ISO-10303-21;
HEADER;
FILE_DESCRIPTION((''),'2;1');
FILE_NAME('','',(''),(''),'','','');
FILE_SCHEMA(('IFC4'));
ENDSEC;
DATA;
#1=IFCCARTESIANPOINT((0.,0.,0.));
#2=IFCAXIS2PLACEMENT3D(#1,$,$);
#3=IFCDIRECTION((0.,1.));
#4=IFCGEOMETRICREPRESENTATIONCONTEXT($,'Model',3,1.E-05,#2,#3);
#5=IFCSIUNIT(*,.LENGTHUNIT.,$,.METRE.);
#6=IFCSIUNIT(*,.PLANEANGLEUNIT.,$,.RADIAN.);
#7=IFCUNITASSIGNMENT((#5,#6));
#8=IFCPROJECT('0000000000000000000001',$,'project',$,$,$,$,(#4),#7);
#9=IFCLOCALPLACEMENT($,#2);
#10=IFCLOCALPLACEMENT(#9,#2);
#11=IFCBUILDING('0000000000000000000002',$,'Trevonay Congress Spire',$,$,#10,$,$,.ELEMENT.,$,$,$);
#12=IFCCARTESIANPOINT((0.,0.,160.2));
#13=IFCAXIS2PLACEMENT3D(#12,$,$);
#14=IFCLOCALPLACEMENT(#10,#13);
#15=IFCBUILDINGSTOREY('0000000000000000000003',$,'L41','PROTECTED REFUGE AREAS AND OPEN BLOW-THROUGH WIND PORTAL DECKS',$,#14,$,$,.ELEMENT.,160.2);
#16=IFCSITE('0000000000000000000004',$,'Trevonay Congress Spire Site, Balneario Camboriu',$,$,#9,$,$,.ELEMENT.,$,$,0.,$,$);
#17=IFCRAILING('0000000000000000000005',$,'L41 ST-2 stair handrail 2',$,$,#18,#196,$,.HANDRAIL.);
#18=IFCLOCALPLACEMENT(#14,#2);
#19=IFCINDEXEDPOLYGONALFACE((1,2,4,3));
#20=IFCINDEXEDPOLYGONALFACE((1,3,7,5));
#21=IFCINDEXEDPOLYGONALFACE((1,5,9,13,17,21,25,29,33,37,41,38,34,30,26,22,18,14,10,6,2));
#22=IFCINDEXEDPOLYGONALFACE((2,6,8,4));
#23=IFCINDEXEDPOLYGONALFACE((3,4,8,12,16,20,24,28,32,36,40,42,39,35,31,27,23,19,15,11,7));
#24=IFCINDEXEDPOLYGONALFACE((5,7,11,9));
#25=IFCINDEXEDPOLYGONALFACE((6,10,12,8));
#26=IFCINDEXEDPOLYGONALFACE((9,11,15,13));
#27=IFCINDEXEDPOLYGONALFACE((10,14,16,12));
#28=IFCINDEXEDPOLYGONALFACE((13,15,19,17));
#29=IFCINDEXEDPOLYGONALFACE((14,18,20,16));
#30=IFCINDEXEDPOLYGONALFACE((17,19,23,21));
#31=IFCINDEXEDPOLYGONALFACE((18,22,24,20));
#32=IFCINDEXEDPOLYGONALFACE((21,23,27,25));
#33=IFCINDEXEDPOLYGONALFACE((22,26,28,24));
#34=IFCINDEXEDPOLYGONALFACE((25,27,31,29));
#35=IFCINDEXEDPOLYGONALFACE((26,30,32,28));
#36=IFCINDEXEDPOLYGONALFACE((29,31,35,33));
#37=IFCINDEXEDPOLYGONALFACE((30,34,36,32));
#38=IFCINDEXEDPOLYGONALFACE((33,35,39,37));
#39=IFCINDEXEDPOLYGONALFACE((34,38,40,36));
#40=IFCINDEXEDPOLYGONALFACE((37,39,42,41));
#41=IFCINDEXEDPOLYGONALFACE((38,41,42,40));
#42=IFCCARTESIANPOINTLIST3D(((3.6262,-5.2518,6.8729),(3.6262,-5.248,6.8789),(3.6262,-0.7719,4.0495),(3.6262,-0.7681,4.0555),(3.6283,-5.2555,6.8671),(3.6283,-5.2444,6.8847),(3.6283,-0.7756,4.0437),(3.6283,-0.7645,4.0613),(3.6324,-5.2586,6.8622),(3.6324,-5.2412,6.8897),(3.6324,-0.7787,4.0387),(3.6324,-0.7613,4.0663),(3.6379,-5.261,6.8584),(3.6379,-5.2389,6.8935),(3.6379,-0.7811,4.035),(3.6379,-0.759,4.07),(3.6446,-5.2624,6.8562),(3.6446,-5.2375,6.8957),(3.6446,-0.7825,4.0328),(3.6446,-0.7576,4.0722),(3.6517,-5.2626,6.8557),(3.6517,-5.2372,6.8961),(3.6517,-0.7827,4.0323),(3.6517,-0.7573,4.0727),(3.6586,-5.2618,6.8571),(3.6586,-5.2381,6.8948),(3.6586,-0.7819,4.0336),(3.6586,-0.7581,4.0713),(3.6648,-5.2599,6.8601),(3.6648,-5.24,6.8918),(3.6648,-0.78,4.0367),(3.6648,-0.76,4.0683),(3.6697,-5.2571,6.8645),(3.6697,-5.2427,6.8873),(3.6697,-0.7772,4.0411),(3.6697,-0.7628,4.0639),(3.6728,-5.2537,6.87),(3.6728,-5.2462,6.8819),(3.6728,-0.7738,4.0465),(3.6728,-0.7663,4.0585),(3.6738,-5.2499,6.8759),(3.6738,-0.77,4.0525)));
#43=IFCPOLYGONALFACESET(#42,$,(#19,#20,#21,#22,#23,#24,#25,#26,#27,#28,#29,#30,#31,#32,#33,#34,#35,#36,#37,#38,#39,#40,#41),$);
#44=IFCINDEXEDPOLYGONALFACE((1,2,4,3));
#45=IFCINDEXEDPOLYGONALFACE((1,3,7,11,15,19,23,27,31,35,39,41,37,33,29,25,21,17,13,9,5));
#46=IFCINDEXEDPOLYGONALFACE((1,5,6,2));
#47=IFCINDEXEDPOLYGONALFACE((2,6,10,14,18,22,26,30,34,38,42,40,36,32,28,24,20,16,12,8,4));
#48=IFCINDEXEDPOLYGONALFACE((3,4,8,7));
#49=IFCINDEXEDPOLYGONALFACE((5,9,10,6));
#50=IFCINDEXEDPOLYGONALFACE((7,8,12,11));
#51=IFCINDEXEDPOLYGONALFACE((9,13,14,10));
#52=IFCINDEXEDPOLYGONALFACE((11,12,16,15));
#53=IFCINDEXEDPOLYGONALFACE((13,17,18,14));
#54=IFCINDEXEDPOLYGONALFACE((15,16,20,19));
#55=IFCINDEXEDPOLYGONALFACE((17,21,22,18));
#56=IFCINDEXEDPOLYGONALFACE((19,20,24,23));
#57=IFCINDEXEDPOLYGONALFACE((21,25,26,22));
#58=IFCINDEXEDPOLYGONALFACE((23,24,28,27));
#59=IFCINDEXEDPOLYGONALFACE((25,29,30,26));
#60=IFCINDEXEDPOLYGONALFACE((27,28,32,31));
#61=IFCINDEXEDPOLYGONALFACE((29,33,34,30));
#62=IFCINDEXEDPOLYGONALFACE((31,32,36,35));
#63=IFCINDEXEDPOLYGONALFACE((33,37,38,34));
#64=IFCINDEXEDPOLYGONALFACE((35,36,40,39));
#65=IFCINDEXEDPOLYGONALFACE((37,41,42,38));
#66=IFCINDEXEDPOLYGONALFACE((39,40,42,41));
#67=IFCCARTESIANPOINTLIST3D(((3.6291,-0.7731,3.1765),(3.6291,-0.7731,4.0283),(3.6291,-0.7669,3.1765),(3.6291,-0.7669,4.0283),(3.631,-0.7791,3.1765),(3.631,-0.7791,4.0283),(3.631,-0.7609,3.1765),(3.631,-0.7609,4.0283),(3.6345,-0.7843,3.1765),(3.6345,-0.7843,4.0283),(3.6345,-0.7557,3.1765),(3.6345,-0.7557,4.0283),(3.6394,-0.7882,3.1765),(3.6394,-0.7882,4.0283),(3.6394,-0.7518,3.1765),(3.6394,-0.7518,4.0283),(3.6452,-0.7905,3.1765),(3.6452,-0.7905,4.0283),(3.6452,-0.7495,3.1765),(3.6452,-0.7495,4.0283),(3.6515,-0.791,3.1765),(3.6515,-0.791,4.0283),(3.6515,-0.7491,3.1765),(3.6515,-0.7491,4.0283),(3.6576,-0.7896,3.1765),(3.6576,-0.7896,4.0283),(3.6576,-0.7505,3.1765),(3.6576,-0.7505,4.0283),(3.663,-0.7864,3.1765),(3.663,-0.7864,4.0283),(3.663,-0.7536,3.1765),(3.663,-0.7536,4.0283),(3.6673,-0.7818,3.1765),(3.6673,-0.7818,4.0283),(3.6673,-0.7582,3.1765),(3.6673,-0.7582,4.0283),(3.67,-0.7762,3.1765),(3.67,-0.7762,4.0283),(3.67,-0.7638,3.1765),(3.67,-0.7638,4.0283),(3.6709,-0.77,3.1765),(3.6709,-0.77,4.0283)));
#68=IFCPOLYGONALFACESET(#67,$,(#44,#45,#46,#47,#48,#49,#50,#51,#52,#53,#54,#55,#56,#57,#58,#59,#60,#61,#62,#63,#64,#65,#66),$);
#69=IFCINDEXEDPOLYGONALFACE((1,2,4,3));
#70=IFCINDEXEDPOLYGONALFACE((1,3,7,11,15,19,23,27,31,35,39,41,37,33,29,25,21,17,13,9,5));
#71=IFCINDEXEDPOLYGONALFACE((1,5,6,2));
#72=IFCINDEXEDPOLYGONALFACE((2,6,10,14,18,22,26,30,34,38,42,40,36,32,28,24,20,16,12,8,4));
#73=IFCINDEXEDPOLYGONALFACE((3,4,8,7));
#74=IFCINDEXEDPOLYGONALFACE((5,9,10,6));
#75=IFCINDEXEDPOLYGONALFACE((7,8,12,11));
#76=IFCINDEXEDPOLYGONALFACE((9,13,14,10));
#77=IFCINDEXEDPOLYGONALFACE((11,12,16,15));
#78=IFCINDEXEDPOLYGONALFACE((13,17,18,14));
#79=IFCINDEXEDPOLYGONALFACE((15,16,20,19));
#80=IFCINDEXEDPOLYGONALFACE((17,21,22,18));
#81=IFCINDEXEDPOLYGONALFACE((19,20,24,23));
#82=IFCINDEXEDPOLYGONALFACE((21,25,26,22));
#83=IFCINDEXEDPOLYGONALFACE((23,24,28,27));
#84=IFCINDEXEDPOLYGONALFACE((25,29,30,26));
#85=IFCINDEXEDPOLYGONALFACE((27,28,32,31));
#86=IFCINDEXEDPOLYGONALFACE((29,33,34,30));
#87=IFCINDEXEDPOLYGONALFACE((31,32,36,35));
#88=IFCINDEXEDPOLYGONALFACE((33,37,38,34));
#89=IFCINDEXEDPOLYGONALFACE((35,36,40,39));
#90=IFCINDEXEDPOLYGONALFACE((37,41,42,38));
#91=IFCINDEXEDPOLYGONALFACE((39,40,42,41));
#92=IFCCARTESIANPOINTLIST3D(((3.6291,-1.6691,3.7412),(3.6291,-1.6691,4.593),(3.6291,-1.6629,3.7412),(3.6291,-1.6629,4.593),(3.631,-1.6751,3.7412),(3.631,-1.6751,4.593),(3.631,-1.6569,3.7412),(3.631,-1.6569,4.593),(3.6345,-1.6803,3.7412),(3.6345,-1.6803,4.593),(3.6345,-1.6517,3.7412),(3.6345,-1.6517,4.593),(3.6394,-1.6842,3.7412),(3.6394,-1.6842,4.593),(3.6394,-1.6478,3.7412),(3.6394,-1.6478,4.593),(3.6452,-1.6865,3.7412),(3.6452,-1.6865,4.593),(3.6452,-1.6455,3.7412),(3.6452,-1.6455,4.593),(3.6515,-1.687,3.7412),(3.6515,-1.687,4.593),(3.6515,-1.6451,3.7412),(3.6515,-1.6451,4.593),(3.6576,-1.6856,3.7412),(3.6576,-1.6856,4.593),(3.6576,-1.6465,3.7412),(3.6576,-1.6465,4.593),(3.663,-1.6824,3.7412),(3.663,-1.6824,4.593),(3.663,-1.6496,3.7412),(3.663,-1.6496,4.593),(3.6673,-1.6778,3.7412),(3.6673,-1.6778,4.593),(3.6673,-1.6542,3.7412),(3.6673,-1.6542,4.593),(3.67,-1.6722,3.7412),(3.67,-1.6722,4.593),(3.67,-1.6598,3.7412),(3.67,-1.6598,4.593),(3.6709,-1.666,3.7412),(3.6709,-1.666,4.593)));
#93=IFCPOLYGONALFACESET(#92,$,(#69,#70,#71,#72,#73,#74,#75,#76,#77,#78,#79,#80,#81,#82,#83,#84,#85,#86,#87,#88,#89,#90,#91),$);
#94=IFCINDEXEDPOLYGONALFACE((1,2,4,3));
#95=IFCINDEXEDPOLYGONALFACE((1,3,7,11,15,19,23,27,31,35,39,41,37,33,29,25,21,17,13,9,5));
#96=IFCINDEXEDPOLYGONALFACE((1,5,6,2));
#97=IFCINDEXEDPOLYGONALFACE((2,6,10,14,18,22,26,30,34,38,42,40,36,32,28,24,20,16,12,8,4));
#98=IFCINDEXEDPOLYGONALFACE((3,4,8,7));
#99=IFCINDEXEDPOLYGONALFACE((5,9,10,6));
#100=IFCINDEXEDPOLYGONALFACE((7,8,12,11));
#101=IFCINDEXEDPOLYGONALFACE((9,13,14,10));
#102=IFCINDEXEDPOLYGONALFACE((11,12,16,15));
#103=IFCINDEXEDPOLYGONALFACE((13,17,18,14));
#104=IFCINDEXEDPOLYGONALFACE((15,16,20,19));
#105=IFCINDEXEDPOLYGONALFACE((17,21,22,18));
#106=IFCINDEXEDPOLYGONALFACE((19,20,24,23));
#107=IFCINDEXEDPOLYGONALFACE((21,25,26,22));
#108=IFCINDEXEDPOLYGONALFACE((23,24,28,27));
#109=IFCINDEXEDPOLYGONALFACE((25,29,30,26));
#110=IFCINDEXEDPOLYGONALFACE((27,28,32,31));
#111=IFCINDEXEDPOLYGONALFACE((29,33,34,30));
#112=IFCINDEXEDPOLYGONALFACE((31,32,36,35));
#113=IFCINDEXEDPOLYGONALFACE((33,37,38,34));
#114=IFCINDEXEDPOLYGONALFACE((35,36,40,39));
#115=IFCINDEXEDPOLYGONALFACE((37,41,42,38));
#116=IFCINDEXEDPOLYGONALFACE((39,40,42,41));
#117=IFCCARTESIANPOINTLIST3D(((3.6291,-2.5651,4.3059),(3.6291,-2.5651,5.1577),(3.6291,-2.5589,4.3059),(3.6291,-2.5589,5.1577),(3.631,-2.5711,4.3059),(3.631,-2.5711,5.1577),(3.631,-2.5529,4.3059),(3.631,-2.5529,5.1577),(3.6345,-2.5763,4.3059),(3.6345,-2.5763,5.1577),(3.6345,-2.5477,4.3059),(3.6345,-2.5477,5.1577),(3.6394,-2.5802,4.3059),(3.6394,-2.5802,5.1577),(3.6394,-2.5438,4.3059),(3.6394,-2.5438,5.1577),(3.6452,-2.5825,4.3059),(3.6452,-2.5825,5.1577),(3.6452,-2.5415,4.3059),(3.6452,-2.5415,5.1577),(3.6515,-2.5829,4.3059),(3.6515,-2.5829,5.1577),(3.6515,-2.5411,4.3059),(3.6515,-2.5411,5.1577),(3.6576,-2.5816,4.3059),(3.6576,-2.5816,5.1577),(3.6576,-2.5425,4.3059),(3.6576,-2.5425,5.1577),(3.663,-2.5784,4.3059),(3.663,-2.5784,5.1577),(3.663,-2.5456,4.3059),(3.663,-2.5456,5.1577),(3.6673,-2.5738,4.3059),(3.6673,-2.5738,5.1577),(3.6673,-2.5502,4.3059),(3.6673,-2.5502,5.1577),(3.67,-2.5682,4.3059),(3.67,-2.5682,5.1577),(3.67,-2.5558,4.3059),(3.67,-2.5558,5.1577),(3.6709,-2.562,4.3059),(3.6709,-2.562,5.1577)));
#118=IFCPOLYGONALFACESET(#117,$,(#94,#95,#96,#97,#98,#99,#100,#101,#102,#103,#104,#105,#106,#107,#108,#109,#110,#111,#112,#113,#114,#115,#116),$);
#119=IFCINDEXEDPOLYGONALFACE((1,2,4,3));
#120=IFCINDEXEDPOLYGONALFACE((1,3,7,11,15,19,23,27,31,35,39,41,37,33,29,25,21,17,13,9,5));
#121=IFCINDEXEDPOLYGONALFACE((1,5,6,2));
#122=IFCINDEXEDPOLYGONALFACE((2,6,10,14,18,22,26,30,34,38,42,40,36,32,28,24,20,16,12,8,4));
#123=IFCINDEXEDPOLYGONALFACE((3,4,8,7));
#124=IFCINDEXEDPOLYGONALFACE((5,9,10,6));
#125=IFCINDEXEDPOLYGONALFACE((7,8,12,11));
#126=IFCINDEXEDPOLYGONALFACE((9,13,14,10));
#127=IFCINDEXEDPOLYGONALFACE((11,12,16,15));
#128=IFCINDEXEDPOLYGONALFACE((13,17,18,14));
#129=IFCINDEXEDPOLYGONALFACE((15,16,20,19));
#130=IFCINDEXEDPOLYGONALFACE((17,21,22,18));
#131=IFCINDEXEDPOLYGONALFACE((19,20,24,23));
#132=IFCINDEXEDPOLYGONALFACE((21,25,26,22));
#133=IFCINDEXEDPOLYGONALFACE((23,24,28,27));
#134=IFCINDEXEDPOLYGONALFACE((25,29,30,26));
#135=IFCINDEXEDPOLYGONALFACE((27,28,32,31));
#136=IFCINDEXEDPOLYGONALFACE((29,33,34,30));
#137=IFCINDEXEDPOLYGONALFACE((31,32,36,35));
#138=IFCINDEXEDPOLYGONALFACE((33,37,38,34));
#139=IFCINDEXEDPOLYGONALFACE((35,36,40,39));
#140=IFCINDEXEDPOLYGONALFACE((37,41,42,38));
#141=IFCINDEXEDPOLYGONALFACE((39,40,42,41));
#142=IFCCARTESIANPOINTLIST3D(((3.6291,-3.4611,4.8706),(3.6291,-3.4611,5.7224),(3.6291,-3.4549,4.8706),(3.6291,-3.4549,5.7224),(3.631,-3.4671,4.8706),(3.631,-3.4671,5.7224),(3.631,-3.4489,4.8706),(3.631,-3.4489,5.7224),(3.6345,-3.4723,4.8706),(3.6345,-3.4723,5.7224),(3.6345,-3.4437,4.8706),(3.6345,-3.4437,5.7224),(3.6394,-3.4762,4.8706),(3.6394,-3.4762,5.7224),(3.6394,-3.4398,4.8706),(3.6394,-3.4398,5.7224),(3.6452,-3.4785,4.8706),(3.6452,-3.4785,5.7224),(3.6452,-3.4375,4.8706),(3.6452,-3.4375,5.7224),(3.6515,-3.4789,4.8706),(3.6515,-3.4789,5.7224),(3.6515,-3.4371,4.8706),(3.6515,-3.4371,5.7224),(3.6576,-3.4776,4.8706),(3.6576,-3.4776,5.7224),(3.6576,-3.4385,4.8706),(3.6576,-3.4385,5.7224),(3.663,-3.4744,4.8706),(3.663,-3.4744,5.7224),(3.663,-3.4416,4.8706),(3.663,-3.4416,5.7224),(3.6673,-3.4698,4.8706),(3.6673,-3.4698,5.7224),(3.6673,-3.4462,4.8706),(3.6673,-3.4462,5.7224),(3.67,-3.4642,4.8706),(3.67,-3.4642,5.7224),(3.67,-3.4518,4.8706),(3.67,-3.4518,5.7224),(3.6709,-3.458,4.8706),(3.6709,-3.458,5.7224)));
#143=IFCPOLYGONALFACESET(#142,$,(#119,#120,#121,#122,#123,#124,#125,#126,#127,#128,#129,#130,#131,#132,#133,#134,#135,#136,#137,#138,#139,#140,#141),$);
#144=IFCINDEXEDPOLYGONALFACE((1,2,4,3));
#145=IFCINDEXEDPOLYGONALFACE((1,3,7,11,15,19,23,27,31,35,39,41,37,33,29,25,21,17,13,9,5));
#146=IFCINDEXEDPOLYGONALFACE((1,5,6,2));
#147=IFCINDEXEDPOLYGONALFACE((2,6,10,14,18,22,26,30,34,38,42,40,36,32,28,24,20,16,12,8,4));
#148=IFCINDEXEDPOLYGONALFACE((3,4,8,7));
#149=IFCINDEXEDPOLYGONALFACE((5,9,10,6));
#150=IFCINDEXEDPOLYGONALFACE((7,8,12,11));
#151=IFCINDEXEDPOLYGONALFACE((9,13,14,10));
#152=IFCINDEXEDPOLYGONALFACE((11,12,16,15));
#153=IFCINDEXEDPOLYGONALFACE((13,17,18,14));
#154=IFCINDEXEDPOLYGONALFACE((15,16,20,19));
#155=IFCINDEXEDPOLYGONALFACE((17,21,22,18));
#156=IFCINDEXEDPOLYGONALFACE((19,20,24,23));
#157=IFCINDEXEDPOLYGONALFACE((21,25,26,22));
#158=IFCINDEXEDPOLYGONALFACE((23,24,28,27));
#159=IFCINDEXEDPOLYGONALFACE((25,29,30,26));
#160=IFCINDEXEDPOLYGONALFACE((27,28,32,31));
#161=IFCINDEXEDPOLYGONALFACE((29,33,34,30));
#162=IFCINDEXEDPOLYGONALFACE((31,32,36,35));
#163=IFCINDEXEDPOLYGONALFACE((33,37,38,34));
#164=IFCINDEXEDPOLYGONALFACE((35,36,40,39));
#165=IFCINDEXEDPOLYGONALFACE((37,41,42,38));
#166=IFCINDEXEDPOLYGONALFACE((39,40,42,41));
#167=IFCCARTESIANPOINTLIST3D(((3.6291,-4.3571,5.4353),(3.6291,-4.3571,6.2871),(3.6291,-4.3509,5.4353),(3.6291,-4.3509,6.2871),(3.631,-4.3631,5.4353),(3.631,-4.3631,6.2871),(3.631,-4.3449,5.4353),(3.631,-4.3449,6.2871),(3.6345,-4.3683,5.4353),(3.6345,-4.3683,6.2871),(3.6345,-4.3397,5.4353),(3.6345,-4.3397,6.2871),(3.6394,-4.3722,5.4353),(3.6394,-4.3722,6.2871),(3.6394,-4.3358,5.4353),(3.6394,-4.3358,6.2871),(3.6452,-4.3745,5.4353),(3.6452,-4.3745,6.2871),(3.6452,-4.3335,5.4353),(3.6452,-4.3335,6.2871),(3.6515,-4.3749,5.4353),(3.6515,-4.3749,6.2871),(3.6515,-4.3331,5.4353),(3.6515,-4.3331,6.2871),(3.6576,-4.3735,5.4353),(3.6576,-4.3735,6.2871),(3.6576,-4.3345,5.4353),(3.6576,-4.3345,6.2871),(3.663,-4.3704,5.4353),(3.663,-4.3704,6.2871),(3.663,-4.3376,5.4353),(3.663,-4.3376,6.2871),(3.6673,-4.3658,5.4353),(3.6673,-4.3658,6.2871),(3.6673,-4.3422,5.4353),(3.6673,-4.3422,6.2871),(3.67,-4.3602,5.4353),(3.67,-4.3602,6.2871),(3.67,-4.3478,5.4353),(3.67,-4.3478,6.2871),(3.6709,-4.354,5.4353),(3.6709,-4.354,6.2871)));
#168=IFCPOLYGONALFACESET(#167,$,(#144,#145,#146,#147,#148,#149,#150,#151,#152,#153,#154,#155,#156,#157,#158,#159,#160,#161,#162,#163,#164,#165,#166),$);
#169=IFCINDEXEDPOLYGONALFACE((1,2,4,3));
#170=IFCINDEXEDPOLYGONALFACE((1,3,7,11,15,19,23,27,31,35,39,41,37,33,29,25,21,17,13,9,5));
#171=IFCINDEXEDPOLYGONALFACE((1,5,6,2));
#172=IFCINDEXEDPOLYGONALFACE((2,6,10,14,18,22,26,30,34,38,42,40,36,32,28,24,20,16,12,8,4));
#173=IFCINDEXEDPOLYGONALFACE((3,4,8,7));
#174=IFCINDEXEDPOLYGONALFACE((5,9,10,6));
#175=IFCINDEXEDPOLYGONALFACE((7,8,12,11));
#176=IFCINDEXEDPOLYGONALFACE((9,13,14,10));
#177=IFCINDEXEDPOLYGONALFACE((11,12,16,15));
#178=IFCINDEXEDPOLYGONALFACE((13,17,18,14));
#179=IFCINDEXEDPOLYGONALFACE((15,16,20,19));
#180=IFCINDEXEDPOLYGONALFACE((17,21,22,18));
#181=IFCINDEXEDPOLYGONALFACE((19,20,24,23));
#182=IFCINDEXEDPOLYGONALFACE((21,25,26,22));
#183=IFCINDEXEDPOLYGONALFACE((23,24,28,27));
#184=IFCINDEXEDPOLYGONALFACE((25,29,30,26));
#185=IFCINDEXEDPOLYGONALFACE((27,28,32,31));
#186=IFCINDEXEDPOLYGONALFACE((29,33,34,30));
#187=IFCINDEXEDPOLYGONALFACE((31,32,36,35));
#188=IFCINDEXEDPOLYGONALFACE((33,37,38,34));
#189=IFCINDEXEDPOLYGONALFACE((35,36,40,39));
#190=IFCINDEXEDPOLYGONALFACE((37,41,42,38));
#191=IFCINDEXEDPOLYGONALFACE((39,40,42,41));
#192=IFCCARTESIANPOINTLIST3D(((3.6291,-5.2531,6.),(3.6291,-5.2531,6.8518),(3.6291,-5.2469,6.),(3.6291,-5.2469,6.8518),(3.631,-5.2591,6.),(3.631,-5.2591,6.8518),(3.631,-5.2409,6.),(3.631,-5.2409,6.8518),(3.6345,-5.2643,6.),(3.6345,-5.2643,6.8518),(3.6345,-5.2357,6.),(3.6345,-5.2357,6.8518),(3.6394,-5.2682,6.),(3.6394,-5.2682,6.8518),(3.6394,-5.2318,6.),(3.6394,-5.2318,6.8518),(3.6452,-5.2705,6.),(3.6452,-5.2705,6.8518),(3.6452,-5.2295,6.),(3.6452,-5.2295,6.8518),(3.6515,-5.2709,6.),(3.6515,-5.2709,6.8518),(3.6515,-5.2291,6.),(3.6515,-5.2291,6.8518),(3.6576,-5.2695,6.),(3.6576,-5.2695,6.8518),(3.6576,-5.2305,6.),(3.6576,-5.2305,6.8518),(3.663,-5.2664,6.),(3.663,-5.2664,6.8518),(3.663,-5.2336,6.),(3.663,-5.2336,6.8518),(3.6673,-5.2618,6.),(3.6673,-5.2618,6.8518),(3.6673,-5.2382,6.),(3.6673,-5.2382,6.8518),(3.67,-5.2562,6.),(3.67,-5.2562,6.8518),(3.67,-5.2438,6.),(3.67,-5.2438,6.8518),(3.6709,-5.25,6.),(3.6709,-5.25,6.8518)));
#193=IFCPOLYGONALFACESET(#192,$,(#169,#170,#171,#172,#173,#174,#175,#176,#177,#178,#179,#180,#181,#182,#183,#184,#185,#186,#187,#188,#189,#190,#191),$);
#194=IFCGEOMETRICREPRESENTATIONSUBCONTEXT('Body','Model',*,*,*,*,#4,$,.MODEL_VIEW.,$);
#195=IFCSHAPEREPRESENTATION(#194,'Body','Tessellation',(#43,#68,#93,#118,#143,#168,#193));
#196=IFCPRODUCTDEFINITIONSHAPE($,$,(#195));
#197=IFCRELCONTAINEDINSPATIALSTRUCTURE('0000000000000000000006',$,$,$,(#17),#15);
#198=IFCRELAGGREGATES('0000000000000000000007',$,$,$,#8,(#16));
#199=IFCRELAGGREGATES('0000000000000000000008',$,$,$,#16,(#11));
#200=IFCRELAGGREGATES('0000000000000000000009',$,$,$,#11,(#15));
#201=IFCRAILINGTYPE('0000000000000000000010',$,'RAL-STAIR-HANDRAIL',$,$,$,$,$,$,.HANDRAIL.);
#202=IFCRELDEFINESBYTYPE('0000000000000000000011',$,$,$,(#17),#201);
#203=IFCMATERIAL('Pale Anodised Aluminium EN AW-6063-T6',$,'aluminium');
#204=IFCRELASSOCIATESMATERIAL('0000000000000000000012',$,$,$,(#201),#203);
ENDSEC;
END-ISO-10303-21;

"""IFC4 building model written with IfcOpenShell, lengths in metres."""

from ifc_helpers import new_model, si_unit, direction, frame, origin, origin_2d, place, context, subcontext, project, spatial, circle, extrude, material, type_object, element, save


model = new_model("IFC4")

# Units and contexts
model_context = context("Model", 3, precision=1e-05, world=origin(), true_north=direction((0.0, 1.0)))
body_context = subcontext(model_context, "Body", "Model", "MODEL_VIEW")
ifc_project = project(units=[si_unit("LENGTHUNIT", "METRE"), si_unit("PLANEANGLEUNIT", "RADIAN")], contexts=[model_context])

# Site, building, storey
site_placement = place(None, origin())
site = spatial("IfcSite", under=ifc_project, at=site_placement, Name="Trevonay Congress Spire Site, Balneario Camboriu", CompositionType="ELEMENT", RefElevation=0.0)
building_placement = place(site_placement, origin())
building = spatial("IfcBuilding", under=site, at=building_placement, Name="Trevonay Congress Spire", CompositionType="ELEMENT")
storey_placement = place(building_placement, frame((0.0, 0.0, 160.2)))
storey = spatial("IfcBuildingStorey", under=building, at=storey_placement, Name="L41", Description="PROTECTED REFUGE AREAS AND OPEN BLOW-THROUGH WIND PORTAL DECKS", CompositionType="ELEMENT", Elevation=160.2)

# Shared definitions
ifc_material_1 = material(Name="Pale Anodised Aluminium EN AW-6063-T6", Category="aluminium")

# Railing
railing_type_1 = type_object("IfcRailingType", Name="RAL-STAIR-HANDRAIL", PredefinedType="HANDRAIL", material=ifc_material_1)
railing_1_placement = place(storey_placement, frame((3.6499, -0.77, 3.1765)))
element("IfcRailing", 1, at=railing_1_placement, inside=storey, type_object=railing_type_1, Name="L41 ST-2 stair handrail 2", PredefinedType="HANDRAIL", context=body_context, shape_type="SweptSolid", body=[
    extrude(circle(Radius=0.0239, at=origin_2d()), frame((0.0, 0.0, 0.876), z_axis=(0.0, -0.845998, 0.533186), x_axis=(1.0, 0.0, 0.0)), (0.0, 0.0, 1.0), 5.2954),
    extrude(circle(Radius=0.021, at=origin_2d()), origin(), (0.0, 0.0, 1.0), 0.8518),
    extrude(circle(Radius=0.021, at=origin_2d()), frame((0.0, -0.896, 0.5647)), (0.0, 0.0, 1.0), 0.8518),
    extrude(circle(Radius=0.021, at=origin_2d()), frame((0.0, -1.792, 1.1294)), (0.0, 0.0, 1.0), 0.8518),
    extrude(circle(Radius=0.021, at=origin_2d()), frame((0.0, -2.688, 1.6941)), (0.0, 0.0, 1.0), 0.8518),
    extrude(circle(Radius=0.021, at=origin_2d()), frame((0.0, -3.584, 2.2588)), (0.0, 0.0, 1.0), 0.8518),
    extrude(circle(Radius=0.021, at=origin_2d()), frame((0.0, -4.48, 2.8235)), (0.0, 0.0, 1.0), 0.8518),
])

save(model, "model.ifc")
